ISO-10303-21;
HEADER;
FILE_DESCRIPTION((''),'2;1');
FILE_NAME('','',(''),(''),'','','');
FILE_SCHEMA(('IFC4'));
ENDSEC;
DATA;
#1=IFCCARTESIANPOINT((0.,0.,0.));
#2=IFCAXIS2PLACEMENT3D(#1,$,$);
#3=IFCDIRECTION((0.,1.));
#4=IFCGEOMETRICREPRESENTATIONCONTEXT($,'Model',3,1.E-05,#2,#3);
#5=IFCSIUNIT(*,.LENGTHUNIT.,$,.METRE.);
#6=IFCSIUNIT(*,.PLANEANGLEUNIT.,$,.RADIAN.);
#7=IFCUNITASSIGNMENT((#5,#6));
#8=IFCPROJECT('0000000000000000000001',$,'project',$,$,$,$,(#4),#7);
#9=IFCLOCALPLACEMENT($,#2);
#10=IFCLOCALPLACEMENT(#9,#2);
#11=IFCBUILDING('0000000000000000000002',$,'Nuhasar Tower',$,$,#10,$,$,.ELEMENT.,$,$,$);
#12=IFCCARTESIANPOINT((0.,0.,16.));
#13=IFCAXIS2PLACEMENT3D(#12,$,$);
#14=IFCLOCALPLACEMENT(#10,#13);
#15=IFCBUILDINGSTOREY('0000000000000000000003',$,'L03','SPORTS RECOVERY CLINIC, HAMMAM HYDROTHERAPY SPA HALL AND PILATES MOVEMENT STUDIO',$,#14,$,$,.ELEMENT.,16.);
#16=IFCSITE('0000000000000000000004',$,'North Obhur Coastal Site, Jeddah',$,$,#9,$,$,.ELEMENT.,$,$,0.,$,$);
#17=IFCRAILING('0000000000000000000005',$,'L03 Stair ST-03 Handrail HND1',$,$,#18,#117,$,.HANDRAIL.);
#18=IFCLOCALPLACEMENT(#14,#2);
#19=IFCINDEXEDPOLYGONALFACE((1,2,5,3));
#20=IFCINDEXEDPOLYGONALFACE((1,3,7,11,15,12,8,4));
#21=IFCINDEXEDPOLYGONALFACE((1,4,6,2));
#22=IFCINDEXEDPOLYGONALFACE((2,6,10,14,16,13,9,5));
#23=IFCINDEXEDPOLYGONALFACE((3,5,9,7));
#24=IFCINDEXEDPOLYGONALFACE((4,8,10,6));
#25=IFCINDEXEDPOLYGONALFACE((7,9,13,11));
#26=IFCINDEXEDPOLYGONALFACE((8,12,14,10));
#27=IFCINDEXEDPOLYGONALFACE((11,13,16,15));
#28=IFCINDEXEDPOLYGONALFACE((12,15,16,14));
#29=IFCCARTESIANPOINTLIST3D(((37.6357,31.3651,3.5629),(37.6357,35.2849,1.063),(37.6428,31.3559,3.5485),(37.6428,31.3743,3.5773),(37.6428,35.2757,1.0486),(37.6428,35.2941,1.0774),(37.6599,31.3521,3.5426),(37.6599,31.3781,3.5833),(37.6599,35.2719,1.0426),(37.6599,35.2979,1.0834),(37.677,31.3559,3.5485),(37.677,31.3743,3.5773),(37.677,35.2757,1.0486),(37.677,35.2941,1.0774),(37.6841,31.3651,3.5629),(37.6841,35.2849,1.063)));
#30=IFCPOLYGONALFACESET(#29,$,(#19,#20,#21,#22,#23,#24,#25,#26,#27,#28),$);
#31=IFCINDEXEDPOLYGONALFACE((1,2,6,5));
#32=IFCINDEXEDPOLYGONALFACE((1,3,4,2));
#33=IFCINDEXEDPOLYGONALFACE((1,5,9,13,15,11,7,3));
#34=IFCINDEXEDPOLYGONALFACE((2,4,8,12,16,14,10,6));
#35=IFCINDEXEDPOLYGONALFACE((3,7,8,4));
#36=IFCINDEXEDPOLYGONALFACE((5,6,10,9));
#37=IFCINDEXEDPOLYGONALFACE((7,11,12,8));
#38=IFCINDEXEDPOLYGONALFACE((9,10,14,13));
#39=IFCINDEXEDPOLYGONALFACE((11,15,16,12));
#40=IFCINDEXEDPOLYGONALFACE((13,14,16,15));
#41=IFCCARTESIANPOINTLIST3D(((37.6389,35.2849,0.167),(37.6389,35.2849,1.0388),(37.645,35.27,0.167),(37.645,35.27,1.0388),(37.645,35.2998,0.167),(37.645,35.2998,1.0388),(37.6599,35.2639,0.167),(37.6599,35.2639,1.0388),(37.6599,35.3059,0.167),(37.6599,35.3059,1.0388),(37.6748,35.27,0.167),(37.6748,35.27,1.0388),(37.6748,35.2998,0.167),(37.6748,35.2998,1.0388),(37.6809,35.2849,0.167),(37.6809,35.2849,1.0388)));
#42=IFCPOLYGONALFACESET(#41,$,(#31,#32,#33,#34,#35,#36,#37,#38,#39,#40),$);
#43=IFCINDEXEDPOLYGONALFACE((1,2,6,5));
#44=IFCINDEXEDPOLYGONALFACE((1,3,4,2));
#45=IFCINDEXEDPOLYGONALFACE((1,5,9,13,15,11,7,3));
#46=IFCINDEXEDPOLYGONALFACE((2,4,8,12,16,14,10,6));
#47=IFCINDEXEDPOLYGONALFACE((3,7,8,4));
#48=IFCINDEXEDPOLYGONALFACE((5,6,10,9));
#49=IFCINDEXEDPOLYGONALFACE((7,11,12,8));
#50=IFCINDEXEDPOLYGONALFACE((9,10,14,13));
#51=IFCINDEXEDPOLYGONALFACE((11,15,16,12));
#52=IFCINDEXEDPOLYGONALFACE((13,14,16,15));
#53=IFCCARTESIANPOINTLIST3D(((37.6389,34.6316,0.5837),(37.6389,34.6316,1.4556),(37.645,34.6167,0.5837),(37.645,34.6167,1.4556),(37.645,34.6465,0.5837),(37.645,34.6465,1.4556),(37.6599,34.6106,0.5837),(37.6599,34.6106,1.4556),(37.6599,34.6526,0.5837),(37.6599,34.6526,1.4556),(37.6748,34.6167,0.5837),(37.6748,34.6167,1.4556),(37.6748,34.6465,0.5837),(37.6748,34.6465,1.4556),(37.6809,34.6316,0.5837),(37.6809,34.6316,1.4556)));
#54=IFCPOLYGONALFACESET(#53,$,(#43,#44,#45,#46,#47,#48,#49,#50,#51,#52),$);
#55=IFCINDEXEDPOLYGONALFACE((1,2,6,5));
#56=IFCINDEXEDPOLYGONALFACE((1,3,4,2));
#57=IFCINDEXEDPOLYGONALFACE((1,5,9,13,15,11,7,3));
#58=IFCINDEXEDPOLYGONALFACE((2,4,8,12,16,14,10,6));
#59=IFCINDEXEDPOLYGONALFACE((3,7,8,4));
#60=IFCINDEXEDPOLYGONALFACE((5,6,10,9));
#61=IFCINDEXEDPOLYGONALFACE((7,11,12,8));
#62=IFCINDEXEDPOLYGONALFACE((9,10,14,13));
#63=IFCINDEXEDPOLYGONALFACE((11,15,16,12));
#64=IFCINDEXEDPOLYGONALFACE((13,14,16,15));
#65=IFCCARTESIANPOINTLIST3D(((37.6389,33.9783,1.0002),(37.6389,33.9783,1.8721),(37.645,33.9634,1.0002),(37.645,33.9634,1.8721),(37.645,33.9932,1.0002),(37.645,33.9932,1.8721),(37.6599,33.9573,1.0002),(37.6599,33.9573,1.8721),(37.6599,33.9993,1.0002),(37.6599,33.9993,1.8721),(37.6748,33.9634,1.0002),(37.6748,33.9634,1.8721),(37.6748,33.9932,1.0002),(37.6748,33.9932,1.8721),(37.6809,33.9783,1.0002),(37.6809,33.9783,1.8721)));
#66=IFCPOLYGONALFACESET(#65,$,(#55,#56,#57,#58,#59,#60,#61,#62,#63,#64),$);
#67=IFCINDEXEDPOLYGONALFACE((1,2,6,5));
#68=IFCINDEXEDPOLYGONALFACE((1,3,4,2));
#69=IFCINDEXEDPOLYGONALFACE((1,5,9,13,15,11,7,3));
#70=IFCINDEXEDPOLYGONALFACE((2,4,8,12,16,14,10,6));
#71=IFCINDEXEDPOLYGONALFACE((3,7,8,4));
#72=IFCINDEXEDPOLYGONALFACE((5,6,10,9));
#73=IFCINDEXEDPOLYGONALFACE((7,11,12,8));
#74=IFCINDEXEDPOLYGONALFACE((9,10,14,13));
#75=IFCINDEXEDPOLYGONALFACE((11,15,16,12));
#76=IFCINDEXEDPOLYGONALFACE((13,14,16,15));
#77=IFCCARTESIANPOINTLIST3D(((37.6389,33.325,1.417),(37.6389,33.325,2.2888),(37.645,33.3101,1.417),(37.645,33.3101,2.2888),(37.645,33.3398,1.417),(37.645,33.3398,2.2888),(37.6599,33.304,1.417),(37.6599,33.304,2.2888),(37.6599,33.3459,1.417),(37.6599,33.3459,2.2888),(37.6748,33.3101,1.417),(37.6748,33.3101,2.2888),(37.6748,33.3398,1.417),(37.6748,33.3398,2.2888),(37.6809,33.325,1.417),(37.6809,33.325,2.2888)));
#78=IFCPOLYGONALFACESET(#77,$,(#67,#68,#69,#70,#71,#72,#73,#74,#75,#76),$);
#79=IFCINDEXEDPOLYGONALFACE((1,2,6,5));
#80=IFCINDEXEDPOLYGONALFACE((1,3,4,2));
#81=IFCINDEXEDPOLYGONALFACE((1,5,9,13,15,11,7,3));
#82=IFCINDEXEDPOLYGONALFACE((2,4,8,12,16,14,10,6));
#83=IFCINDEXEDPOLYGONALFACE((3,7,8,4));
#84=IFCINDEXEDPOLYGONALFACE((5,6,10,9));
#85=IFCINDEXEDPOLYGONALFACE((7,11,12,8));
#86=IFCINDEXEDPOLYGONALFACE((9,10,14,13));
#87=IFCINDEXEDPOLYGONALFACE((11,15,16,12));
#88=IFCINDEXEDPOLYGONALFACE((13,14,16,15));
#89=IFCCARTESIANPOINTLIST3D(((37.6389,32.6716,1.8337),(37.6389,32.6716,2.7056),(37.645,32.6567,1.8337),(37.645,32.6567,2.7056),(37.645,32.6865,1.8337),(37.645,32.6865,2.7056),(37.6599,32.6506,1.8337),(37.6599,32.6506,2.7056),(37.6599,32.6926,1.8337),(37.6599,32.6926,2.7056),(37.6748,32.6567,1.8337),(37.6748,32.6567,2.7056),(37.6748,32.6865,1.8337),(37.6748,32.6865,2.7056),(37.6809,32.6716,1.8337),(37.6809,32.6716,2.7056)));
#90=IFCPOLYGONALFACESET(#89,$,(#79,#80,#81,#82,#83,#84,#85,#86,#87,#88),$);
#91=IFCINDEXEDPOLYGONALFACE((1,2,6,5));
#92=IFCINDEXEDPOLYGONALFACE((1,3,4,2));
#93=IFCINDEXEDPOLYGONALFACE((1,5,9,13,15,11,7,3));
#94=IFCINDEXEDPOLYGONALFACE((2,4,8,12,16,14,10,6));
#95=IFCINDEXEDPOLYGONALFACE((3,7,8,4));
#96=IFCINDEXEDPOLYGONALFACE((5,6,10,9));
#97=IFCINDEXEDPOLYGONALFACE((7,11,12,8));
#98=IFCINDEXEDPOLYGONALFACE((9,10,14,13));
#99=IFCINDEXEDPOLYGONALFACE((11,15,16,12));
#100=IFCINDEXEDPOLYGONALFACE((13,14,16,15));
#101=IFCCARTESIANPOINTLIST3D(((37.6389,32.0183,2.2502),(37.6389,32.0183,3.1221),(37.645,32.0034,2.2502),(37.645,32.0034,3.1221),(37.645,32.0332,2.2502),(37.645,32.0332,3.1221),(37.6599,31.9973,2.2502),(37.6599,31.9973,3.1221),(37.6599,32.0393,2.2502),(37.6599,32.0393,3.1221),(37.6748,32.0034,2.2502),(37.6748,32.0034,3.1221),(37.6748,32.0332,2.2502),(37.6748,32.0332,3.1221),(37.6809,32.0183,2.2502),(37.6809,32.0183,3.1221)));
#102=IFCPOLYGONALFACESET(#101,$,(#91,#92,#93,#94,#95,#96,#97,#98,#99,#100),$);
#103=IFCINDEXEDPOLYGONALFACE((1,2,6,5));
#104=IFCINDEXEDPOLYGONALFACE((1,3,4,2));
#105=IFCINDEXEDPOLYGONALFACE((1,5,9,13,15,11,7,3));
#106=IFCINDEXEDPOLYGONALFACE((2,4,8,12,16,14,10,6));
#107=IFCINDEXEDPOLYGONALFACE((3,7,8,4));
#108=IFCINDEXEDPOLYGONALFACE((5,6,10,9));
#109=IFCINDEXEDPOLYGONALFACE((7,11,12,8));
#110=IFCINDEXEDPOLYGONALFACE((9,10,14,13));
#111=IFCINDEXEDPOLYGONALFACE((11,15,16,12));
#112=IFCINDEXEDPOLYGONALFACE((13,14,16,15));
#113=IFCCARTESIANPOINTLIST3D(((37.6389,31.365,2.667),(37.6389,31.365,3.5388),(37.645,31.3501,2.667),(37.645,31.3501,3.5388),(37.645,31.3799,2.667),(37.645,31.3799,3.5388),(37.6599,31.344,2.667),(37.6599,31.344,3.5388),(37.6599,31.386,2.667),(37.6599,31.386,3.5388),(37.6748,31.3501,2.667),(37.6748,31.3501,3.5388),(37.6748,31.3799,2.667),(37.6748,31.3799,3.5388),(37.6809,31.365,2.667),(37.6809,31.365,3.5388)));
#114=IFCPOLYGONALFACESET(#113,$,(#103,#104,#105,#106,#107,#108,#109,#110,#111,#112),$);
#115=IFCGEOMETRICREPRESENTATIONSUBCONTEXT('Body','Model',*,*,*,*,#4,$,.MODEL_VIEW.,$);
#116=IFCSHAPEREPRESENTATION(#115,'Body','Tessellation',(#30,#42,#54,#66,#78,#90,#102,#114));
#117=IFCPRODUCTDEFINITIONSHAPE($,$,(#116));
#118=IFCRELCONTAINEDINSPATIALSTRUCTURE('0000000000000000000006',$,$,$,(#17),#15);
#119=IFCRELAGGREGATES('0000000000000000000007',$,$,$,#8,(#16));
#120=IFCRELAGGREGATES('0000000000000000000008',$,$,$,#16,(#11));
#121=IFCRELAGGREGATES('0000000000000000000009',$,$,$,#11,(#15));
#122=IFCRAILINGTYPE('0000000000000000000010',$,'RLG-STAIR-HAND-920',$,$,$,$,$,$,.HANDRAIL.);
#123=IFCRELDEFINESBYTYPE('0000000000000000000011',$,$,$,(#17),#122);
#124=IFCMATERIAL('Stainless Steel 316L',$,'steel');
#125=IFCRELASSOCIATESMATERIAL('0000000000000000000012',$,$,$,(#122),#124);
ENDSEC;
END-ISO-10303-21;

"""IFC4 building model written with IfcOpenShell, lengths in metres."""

from ifc_helpers import new_model, si_unit, direction, frame, origin, place, context, subcontext, project, spatial, polyline, outline, extrude, material, type_object, element, save


model = new_model("IFC4")

# Units and contexts
model_context = context("Model", 3, precision=1e-05, world=origin(), true_north=direction((0.0, 1.0)))
body_context = subcontext(model_context, "Body", "Model", "MODEL_VIEW")
ifc_project = project(units=[si_unit("LENGTHUNIT", "METRE"), si_unit("PLANEANGLEUNIT", "RADIAN")], contexts=[model_context])

# Site, building, storey
site_placement = place(None, origin())
site = spatial("IfcSite", under=ifc_project, at=site_placement, Name="North Obhur Coastal Site, Jeddah", CompositionType="ELEMENT", RefElevation=0.0)
building_placement = place(site_placement, origin())
building = spatial("IfcBuilding", under=site, at=building_placement, Name="Nuhasar Tower", CompositionType="ELEMENT")
storey_placement = place(building_placement, frame((0.0, 0.0, 16.0)))
storey = spatial("IfcBuildingStorey", under=building, at=storey_placement, Name="L03", Description="SPORTS RECOVERY CLINIC, HAMMAM HYDROTHERAPY SPA HALL AND PILATES MOVEMENT STUDIO", CompositionType="ELEMENT", Elevation=16.0)

# Railing
ifc_material_1 = material(Name="Stainless Steel 316L", Category="steel")
railing_type_1 = type_object("IfcRailingType", Name="RLG-STAIR-HAND-920", PredefinedType="HANDRAIL", material=ifc_material_1)
railing_1_placement = place(storey_placement, frame((37.6599, 35.2849, 0.167)))
element("IfcRailing", 1, at=railing_1_placement, inside=storey, type_object=railing_type_1, Name="L03 Stair ST-03 Handrail HND1", PredefinedType="HANDRAIL", context=body_context, shape_type="SweptSolid", body=[
    extrude(outline(polyline([(0.0242, 0.0), (0.0171, 0.0171), (0.0, 0.0242), (-0.0171, 0.0171), (-0.0242, 0.0), (-0.0171, -0.0171), (0.0, -0.0242), (0.0171, -0.0171), (0.0242, 0.0)])), frame((0.0, 0.0, 0.896), z_axis=(0.0, -0.843125, 0.537718), x_axis=(1.0, 0.0, 0.0)), (0.0, 0.0, 1.0), 4.6492),
    extrude(outline(polyline([(0.021, 0.0), (0.0149, 0.0149), (0.0, 0.021), (-0.0149, 0.0149), (-0.021, 0.0), (-0.0149, -0.0149), (0.0, -0.021), (0.0149, -0.0149), (0.021, 0.0)])), origin(), (0.0, 0.0, 1.0), 0.8718),
    extrude(outline(polyline([(0.021, 0.0), (0.0149, 0.0149), (0.0, 0.021), (-0.0149, 0.0149), (-0.021, 0.0), (-0.0149, -0.0149), (0.0, -0.021), (0.0149, -0.0149), (0.021, 0.0)])), frame((0.0, -0.6533, 0.4167)), (0.0, 0.0, 1.0), 0.8718),
    extrude(outline(polyline([(0.021, 0.0), (0.0149, 0.0149), (0.0, 0.021), (-0.0149, 0.0149), (-0.021, 0.0), (-0.0149, -0.0149), (0.0, -0.021), (0.0149, -0.0149), (0.021, 0.0)])), frame((0.0, -1.3066, 0.8333)), (0.0, 0.0, 1.0), 0.8718),
    extrude(outline(polyline([(0.021, 0.0), (0.0149, 0.0149), (0.0, 0.021), (-0.0149, 0.0149), (-0.021, 0.0), (-0.0149, -0.0149), (0.0, -0.021), (0.0149, -0.0149), (0.021, 0.0)])), frame((0.0, -1.96, 1.25)), (0.0, 0.0, 1.0), 0.8718),
    extrude(outline(polyline([(0.021, 0.0), (0.0149, 0.0149), (0.0, 0.021), (-0.0149, 0.0149), (-0.021, 0.0), (-0.0149, -0.0149), (0.0, -0.021), (0.0149, -0.0149), (0.021, 0.0)])), frame((0.0, -2.6133, 1.6667)), (0.0, 0.0, 1.0), 0.8718),
    extrude(outline(polyline([(0.021, 0.0), (0.0149, 0.0149), (0.0, 0.021), (-0.0149, 0.0149), (-0.021, 0.0), (-0.0149, -0.0149), (0.0, -0.021), (0.0149, -0.0149), (0.021, 0.0)])), frame((0.0, -3.2666, 2.0833)), (0.0, 0.0, 1.0), 0.8718),
    extrude(outline(polyline([(0.021, 0.0), (0.0149, 0.0149), (0.0, 0.021), (-0.0149, 0.0149), (-0.021, 0.0), (-0.0149, -0.0149), (0.0, -0.021), (0.0149, -0.0149), (0.021, 0.0)])), frame((0.0, -3.9199, 2.5)), (0.0, 0.0, 1.0), 0.8718),
])

save(model, "model.ifc")
